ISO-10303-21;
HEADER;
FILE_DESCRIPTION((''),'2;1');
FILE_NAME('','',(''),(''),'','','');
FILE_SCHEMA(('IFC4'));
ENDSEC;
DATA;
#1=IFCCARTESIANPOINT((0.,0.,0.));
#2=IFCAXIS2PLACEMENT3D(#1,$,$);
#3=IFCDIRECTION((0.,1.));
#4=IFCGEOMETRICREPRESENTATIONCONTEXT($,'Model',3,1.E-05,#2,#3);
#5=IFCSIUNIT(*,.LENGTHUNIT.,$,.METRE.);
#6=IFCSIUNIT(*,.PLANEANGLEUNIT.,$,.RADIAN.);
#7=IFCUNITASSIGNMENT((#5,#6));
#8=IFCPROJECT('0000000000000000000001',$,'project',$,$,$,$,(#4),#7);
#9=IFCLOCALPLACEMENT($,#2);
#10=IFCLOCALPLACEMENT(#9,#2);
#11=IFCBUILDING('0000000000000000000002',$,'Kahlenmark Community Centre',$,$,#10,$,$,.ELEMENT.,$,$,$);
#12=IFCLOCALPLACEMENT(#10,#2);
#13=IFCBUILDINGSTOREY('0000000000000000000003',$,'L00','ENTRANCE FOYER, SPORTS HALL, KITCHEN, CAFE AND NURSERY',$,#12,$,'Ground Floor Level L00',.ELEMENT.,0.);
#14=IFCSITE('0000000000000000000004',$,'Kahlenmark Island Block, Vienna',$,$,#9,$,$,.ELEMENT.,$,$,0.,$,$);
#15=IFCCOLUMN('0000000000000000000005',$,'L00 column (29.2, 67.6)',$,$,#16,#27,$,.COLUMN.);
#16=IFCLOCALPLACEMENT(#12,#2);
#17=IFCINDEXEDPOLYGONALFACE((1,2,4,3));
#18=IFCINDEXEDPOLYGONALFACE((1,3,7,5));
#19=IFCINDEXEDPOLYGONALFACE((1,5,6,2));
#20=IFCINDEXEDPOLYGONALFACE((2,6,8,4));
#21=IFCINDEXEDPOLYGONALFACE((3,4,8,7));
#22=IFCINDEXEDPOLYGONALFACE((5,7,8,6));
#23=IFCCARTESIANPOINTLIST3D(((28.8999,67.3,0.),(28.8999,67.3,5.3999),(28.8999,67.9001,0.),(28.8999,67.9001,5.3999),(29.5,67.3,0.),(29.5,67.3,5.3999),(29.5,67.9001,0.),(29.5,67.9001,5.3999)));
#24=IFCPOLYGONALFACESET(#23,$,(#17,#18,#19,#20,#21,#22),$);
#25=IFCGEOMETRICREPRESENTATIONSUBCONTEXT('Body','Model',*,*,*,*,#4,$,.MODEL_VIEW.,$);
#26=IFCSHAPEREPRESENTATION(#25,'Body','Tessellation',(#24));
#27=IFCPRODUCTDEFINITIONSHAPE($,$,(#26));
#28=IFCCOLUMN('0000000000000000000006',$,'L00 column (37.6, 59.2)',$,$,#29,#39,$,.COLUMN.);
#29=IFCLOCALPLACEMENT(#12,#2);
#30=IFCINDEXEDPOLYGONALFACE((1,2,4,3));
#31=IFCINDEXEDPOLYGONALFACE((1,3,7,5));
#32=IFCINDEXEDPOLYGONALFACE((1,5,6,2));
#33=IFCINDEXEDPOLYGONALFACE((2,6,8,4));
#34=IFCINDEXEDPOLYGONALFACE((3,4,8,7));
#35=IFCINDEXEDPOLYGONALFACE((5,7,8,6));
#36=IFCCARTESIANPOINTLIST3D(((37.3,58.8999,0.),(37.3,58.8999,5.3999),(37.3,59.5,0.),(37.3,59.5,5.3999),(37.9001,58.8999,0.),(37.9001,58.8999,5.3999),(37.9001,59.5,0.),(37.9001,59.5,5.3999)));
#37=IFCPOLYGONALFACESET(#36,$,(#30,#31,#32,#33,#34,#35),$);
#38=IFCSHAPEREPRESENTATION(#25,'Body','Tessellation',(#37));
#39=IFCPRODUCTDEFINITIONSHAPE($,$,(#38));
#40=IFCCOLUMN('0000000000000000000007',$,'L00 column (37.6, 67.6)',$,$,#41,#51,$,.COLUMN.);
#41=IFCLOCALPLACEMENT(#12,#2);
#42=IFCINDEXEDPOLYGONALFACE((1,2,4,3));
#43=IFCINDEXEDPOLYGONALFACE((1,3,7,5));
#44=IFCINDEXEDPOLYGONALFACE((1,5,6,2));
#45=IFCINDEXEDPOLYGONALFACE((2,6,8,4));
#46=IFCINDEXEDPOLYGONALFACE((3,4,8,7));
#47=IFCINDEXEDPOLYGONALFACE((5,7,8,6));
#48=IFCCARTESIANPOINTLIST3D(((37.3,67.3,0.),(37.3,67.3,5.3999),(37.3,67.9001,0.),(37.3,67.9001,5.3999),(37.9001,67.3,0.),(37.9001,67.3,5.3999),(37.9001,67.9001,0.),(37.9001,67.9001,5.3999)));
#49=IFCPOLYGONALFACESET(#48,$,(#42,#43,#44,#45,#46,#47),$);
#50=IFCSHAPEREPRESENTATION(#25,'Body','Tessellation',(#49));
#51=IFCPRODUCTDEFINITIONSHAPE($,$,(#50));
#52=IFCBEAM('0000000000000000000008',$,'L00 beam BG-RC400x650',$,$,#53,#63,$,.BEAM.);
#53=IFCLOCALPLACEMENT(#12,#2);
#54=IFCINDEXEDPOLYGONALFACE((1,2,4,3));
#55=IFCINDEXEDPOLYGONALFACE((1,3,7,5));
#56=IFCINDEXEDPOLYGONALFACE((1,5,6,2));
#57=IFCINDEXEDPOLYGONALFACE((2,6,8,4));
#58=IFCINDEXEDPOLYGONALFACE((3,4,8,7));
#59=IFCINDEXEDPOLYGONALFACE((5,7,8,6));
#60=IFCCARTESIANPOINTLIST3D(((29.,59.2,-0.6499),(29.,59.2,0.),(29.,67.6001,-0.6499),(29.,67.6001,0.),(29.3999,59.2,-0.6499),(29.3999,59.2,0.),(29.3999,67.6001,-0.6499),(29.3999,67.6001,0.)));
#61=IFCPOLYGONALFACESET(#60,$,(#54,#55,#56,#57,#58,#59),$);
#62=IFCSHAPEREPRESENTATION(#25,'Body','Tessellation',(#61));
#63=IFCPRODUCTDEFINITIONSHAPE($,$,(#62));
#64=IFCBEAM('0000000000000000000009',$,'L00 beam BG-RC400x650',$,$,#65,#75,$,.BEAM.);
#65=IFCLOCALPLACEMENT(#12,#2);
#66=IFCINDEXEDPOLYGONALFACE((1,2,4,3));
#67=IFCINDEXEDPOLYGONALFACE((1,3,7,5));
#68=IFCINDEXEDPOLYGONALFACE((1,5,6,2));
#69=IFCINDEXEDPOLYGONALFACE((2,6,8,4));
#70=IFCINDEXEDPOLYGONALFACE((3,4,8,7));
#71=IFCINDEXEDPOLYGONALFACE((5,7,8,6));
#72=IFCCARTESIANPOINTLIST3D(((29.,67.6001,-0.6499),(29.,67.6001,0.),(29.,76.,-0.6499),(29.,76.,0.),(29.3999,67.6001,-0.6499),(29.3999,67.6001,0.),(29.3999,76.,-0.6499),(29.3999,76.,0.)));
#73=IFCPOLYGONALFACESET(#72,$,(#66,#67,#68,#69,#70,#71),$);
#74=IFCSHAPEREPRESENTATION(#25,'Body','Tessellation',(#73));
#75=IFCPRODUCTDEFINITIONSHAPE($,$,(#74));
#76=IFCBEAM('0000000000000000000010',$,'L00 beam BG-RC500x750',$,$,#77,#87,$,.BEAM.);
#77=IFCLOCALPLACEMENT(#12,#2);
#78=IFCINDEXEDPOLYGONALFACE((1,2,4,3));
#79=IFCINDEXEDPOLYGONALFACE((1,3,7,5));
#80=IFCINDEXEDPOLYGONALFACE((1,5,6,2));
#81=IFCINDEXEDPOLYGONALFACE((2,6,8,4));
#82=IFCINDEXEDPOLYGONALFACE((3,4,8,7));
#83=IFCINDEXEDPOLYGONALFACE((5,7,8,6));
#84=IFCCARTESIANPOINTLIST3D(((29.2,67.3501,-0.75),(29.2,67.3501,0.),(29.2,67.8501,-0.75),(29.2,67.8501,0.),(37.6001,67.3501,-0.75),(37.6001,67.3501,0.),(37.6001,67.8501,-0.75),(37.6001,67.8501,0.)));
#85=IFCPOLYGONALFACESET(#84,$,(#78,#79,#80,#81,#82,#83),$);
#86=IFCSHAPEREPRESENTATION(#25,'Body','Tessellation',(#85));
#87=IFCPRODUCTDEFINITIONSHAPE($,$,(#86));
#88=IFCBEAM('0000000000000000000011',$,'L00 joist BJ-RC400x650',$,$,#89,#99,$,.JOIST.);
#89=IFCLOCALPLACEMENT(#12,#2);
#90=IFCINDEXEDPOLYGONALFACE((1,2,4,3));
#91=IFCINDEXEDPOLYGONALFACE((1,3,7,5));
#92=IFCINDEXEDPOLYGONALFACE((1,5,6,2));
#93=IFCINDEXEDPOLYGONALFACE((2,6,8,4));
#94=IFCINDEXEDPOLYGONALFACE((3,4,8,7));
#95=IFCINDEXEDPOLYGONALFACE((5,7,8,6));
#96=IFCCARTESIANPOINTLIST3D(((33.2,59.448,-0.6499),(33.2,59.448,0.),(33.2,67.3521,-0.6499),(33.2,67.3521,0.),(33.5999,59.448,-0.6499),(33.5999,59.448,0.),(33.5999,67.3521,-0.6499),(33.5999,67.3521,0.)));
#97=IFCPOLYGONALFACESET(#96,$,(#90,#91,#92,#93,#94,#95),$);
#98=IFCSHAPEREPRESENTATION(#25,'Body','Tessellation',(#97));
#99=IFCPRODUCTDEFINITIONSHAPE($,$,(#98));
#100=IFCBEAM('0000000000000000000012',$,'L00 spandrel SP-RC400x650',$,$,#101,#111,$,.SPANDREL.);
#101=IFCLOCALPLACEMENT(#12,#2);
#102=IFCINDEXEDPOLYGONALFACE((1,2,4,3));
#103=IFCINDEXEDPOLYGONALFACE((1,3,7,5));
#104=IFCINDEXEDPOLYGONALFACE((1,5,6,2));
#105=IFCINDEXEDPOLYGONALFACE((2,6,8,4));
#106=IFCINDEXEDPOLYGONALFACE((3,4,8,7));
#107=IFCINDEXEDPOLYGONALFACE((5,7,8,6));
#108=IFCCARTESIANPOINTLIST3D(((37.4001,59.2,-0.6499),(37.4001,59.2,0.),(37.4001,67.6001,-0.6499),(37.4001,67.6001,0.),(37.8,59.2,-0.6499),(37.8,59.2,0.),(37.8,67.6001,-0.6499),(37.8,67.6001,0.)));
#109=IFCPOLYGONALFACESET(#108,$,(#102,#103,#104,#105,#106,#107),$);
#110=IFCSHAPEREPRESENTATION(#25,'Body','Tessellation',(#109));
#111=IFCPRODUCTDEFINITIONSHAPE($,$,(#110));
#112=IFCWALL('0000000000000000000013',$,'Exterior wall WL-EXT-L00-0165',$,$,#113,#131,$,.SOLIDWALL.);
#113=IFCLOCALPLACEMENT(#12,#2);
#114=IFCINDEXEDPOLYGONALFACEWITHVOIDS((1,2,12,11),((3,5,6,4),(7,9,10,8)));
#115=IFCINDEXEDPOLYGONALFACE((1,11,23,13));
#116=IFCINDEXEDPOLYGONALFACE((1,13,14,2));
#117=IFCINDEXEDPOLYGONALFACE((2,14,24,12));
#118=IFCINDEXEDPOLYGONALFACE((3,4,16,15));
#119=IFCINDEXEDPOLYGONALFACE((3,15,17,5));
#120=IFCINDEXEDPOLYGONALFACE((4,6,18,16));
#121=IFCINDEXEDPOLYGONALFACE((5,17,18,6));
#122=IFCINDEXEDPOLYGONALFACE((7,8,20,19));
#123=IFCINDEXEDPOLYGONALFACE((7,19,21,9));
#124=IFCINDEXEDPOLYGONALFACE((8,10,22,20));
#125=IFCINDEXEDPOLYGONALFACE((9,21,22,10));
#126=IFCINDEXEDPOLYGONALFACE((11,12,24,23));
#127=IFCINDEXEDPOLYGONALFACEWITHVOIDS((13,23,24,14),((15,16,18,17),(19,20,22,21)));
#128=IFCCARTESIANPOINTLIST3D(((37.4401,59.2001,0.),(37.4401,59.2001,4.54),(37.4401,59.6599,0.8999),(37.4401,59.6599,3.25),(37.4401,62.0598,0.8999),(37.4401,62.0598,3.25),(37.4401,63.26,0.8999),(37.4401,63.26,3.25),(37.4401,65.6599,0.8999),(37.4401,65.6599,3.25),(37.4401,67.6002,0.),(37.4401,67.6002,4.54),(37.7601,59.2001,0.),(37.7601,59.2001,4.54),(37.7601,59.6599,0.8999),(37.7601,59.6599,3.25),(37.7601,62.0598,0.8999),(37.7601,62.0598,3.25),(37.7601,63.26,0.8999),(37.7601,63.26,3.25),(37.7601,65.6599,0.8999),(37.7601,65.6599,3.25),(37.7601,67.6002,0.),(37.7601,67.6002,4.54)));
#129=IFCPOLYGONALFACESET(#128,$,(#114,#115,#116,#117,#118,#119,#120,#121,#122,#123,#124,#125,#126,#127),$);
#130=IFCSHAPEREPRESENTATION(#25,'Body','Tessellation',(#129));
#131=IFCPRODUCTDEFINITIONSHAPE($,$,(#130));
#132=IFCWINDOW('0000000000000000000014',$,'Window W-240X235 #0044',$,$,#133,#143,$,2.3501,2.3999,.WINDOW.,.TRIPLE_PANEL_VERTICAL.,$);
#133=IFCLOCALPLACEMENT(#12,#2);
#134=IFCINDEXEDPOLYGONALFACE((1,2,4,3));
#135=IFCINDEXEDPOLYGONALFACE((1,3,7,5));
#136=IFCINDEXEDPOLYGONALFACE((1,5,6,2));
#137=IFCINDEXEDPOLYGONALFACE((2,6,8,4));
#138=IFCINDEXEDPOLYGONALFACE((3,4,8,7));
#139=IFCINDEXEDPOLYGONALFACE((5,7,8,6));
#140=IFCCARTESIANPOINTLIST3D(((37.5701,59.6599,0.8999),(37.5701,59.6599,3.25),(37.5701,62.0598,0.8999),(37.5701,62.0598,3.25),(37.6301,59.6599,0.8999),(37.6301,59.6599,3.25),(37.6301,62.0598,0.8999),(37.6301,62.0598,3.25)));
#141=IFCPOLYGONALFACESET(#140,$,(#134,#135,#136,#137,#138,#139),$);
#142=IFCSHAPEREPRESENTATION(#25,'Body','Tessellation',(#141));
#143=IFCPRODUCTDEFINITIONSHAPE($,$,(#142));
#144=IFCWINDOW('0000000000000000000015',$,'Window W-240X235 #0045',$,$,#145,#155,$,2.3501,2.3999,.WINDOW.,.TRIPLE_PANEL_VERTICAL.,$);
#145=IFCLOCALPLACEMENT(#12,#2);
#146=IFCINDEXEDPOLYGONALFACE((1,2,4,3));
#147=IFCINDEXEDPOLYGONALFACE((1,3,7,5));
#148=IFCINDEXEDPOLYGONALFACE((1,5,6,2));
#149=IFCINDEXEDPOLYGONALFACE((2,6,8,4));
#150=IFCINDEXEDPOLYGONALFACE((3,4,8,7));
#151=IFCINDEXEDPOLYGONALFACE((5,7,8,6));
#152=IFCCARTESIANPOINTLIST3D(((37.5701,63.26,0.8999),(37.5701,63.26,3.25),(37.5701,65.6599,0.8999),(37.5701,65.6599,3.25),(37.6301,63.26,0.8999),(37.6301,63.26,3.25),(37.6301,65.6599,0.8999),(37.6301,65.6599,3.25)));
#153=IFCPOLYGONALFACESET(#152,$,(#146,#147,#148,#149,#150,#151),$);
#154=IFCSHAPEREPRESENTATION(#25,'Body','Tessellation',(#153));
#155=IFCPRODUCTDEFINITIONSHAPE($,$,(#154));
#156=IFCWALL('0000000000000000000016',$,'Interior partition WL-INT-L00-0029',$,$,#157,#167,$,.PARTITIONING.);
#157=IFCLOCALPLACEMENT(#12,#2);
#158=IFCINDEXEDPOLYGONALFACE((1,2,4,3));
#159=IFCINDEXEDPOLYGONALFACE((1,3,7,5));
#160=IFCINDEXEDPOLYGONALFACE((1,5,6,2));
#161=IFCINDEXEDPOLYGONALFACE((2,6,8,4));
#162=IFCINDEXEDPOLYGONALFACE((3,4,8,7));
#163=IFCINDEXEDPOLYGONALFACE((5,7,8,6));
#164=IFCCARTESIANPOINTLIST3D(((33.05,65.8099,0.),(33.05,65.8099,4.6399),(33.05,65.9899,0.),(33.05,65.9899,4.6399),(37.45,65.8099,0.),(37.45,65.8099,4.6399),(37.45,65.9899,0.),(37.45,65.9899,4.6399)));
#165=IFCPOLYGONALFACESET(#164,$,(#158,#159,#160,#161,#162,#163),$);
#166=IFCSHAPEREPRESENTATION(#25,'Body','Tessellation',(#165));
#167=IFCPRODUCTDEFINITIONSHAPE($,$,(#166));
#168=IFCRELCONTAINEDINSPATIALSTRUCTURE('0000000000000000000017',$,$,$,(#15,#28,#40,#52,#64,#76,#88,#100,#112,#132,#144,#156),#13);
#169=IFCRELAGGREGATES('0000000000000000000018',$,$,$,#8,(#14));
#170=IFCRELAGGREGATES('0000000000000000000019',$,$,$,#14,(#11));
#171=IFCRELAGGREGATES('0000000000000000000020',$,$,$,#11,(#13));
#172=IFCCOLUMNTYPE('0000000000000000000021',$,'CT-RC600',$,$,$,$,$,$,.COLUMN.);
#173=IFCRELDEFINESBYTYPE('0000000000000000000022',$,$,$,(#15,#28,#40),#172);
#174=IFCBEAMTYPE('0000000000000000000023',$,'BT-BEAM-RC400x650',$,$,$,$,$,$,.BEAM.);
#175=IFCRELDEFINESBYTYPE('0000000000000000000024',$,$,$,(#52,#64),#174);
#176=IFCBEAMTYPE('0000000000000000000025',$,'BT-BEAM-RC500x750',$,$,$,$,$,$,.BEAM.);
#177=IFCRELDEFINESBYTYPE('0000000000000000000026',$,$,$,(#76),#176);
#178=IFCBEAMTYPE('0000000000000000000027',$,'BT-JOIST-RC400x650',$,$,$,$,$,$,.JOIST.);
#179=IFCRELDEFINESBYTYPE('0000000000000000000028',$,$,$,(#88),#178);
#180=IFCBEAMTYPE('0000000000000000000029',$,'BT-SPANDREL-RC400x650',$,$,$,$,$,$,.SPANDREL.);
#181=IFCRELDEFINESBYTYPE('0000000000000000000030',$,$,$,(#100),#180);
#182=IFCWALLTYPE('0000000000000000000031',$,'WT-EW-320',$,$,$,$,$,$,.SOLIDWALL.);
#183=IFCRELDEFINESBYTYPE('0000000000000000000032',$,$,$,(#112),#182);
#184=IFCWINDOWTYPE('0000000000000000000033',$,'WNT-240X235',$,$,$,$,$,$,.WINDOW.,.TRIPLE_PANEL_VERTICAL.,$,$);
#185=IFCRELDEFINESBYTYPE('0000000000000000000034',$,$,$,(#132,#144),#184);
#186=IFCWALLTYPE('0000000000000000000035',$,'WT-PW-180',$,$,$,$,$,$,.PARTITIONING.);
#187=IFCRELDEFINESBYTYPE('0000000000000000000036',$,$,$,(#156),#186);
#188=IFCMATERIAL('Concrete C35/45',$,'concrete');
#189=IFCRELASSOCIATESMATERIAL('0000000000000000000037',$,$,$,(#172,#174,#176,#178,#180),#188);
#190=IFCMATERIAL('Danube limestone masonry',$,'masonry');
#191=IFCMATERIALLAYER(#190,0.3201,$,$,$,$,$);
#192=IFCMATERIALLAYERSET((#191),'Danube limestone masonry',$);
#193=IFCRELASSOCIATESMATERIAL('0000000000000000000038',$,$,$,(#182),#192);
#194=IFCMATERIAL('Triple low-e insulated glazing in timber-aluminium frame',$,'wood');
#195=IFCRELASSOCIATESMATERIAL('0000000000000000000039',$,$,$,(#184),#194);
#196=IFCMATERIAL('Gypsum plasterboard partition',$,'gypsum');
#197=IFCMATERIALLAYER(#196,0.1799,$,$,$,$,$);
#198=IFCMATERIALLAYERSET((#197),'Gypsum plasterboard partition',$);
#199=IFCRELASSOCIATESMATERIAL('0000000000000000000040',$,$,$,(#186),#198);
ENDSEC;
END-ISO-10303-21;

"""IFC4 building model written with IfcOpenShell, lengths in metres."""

from ifc_helpers import new_model, si_unit, direction, frame, frame_2d, origin, origin_2d, place, context, subcontext, project, spatial, rectangle, extrude, material, layer, layer_set, material_profile, profile_set, type_object, element, fill, save


model = new_model("IFC4")

# Units and contexts
model_context = context("Model", 3, precision=1e-05, world=origin(), true_north=direction((0.0, 1.0)))
body_context = subcontext(model_context, "Body", "Model", "MODEL_VIEW")
ifc_project = project(units=[si_unit("LENGTHUNIT", "METRE"), si_unit("PLANEANGLEUNIT", "RADIAN")], contexts=[model_context])

# Site, building, storey
site_placement = place(None, origin())
site = spatial("IfcSite", under=ifc_project, at=site_placement, Name="Kahlenmark Island Block, Vienna", CompositionType="ELEMENT", RefElevation=0.0)
building_placement = place(site_placement, origin())
building = spatial("IfcBuilding", under=site, at=building_placement, Name="Kahlenmark Community Centre", CompositionType="ELEMENT")
storey_placement = place(building_placement, origin())
storey = spatial("IfcBuildingStorey", under=building, at=storey_placement, Name="L00", Description="ENTRANCE FOYER, SPORTS HALL, KITCHEN, CAFE AND NURSERY", LongName="Ground Floor Level L00", CompositionType="ELEMENT", Elevation=0.0)

# Columns
ifc_material_1 = material(Name="Concrete C35/45", Category="concrete")
ifc_material_profile_1 = material_profile(ifc_material_1, rectangle(XDim=0.6001, YDim=0.6001, at=origin_2d()), Name="RC 600x600")
ifc_profile_set_1 = profile_set([ifc_material_profile_1], Name="Concrete C35/45")
column_type = type_object("IfcColumnType", Name="CT-RC600", PredefinedType="COLUMN", material=ifc_profile_set_1)
for number, where, z_axis, x_axis, name in (
    (1, (29.2, 67.6001, 0.0), (0.0, 0.0, 1.0), (1.0, 0.0, 0.0), "L00 column (29.2, 67.6)"),
    (2, (37.6001, 59.2, 0.0), (0.0, 0.0, 1.0), (1.0, 0.0, 0.0), "L00 column (37.6, 59.2)"),
    (3, (37.6001, 67.6001, 0.0), (0.0, 0.0, 1.0), (1.0, 0.0, 0.0), "L00 column (37.6, 67.6)"),
):
    element("IfcColumn", number, at=place(storey_placement, frame(where, z_axis=z_axis, x_axis=x_axis)), inside=storey, type_object=column_type, Name=name, PredefinedType="COLUMN", context=body_context, shape_type="SweptSolid", body=[
        extrude(rectangle(XDim=0.6001, YDim=0.6001, at=origin_2d()), origin(), (0.0, 0.0, 1.0), 5.3999),
    ])

# Beams
ifc_material_profile_2 = material_profile(ifc_material_1, rectangle(XDim=0.3999, YDim=0.6499, at=origin_2d()), Name="RC 400x650")
ifc_profile_set_2 = profile_set([ifc_material_profile_2], Name="Concrete C35/45")
beam_type_1 = type_object("IfcBeamType", Name="BT-BEAM-RC400x650", PredefinedType="BEAM", material=ifc_profile_set_2)
beam_1_placement = place(storey_placement, frame((29.2, 59.2, -0.325), z_axis=(0.0, 1.0, 0.0), x_axis=(-1.0, 0.0, 0.0)))
element("IfcBeam", 4, at=beam_1_placement, inside=storey, type_object=beam_type_1, Name="L00 beam BG-RC400x650", PredefinedType="BEAM", context=body_context, shape_type="SweptSolid", body=[
    extrude(rectangle(XDim=0.3999, YDim=0.6499, at=origin_2d()), origin(), (0.0, 0.0, 1.0), 8.4001),
])
beam_2_placement = place(storey_placement, frame((29.2, 67.6001, -0.325), z_axis=(0.0, 1.0, 0.0), x_axis=(-1.0, 0.0, 0.0)))
element("IfcBeam", 5, at=beam_2_placement, inside=storey, type_object=beam_type_1, Name="L00 beam BG-RC400x650", PredefinedType="BEAM", context=body_context, shape_type="SweptSolid", body=[
    extrude(rectangle(XDim=0.3999, YDim=0.6499, at=origin_2d()), origin(), (0.0, 0.0, 1.0), 8.3999),
])
ifc_material_profile_3 = material_profile(ifc_material_1, rectangle(XDim=0.5, YDim=0.75, at=origin_2d()), Name="RC 500x750")
ifc_profile_set_3 = profile_set([ifc_material_profile_3], Name="Concrete C35/45")
beam_type_2 = type_object("IfcBeamType", Name="BT-BEAM-RC500x750", PredefinedType="BEAM", material=ifc_profile_set_3)
beam_3_placement = place(storey_placement, frame((29.2, 67.6001, -0.375), z_axis=(1.0, 0.0, 0.0), x_axis=(0.0, 1.0, 0.0)))
element("IfcBeam", 6, at=beam_3_placement, inside=storey, type_object=beam_type_2, Name="L00 beam BG-RC500x750", PredefinedType="BEAM", context=body_context, shape_type="SweptSolid", body=[
    extrude(rectangle(XDim=0.5, YDim=0.75, at=origin_2d()), origin(), (0.0, 0.0, 1.0), 8.4001),
])
ifc_material_profile_4 = material_profile(ifc_material_1, rectangle(XDim=0.3999, YDim=0.6499, at=origin_2d()), Name="RC 400x650")
ifc_profile_set_4 = profile_set([ifc_material_profile_4], Name="Concrete C35/45")
beam_type_3 = type_object("IfcBeamType", Name="BT-JOIST-RC400x650", PredefinedType="JOIST", material=ifc_profile_set_4)
beam_4_placement = place(storey_placement, frame((33.3999, 59.448, -0.325), z_axis=(0.0, 1.0, 0.0), x_axis=(-1.0, 0.0, 0.0)))
element("IfcBeam", 7, at=beam_4_placement, inside=storey, type_object=beam_type_3, Name="L00 joist BJ-RC400x650", PredefinedType="JOIST", context=body_context, shape_type="SweptSolid", body=[
    extrude(rectangle(XDim=0.3999, YDim=0.6499, at=origin_2d()), origin(), (0.0, 0.0, 1.0), 7.9041),
])
ifc_material_profile_5 = material_profile(ifc_material_1, rectangle(XDim=0.3999, YDim=0.6499, at=origin_2d()), Name="RC 400x650")
ifc_profile_set_5 = profile_set([ifc_material_profile_5], Name="Concrete C35/45")
beam_type_4 = type_object("IfcBeamType", Name="BT-SPANDREL-RC400x650", PredefinedType="SPANDREL", material=ifc_profile_set_5)
beam_5_placement = place(storey_placement, frame((37.6001, 59.2, -0.325), z_axis=(0.0, 1.0, 0.0), x_axis=(-1.0, 0.0, 0.0)))
element("IfcBeam", 8, at=beam_5_placement, inside=storey, type_object=beam_type_4, Name="L00 spandrel SP-RC400x650", PredefinedType="SPANDREL", context=body_context, shape_type="SweptSolid", body=[
    extrude(rectangle(XDim=0.3999, YDim=0.6499, at=origin_2d()), origin(), (0.0, 0.0, 1.0), 8.4001),
])

# Wall, openings, windows
ifc_material_2 = material(Name="Danube limestone masonry", Category="masonry")
ifc_layer_1 = layer(ifc_material_2, 0.3201)
ifc_layer_set_1 = layer_set([ifc_layer_1], Name="Danube limestone masonry")
wall_type_1 = type_object("IfcWallType", Name="WT-EW-320", PredefinedType="SOLIDWALL", material=ifc_layer_set_1)
wall_1_placement = place(storey_placement, frame((37.6001, 59.2, 0.0), z_axis=(0.0, 0.0, 1.0), x_axis=(0.0, 1.0, 0.0)))
wall_1 = element("IfcWall", 9, at=wall_1_placement, inside=storey, type_object=wall_type_1, Name="Exterior wall WL-EXT-L00-0165", PredefinedType="SOLIDWALL", context=body_context, shape_type="SweptSolid", body=[
    extrude(rectangle(XDim=8.4001, YDim=0.3201, at=frame_2d((4.2002, 0.0))), origin(), (0.0, 0.0, 1.0), 4.54),
])
opening_1_placement = place(wall_1_placement, frame((0.46, 0.0, 0.8999)))
opening_1 = element("IfcOpeningElement", 10, at=opening_1_placement, cuts=wall_1, PredefinedType="OPENING", context=body_context, shape_type="SweptSolid", body=[
    extrude(rectangle(XDim=2.3999, YDim=2.3501, at=frame_2d((1.2, 1.175))), frame((0.0, 0.1699, 0.0), z_axis=(0.0, -1.0, 0.0), x_axis=(1.0, 0.0, 0.0)), (0.0, 0.0, 1.0), 0.3401),
])
opening_2_placement = place(wall_1_placement, frame((4.0601, 0.0, 0.8999)))
opening_2 = element("IfcOpeningElement", 11, at=opening_2_placement, cuts=wall_1, PredefinedType="OPENING", context=body_context, shape_type="SweptSolid", body=[
    extrude(rectangle(XDim=2.3999, YDim=2.3501, at=frame_2d((1.2, 1.175))), frame((0.0, 0.1699, 0.0), z_axis=(0.0, -1.0, 0.0), x_axis=(1.0, 0.0, 0.0)), (0.0, 0.0, 1.0), 0.3401),
])
ifc_material_3 = material(Name="Triple low-e insulated glazing in timber-aluminium frame", Category="wood")
window_type = type_object("IfcWindowType", Name="WNT-240X235", PartitioningType="TRIPLE_PANEL_VERTICAL", PredefinedType="WINDOW", material=ifc_material_3)
window_1_placement = place(opening_1_placement, origin())
window_1 = element("IfcWindow", 12, at=window_1_placement, inside=storey, type_object=window_type, Name="Window W-240X235 #0044", OverallHeight=2.3501, OverallWidth=2.3999, PartitioningType="TRIPLE_PANEL_VERTICAL", PredefinedType="WINDOW", context=body_context, shape_type="SweptSolid", body=[
    extrude(rectangle(XDim=2.3999, YDim=2.3501, at=frame_2d((1.2, 1.175))), frame((0.0, 0.03, 0.0), z_axis=(0.0, -1.0, 0.0), x_axis=(1.0, 0.0, 0.0)), (0.0, 0.0, 1.0), 0.0601),
])
fill(opening_1, window_1)
window_2_placement = place(opening_2_placement, origin())
window_2 = element("IfcWindow", 13, at=window_2_placement, inside=storey, type_object=window_type, Name="Window W-240X235 #0045", OverallHeight=2.3501, OverallWidth=2.3999, PartitioningType="TRIPLE_PANEL_VERTICAL", PredefinedType="WINDOW", context=body_context, shape_type="SweptSolid", body=[
    extrude(rectangle(XDim=2.3999, YDim=2.3501, at=frame_2d((1.2, 1.175))), frame((0.0, 0.03, 0.0), z_axis=(0.0, -1.0, 0.0), x_axis=(1.0, 0.0, 0.0)), (0.0, 0.0, 1.0), 0.0601),
])
fill(opening_2, window_2)

# Shared definitions
ifc_material_4 = material(Name="Gypsum plasterboard partition", Category="gypsum")
ifc_layer_2 = layer(ifc_material_4, 0.1799)
ifc_layer_set_2 = layer_set([ifc_layer_2], Name="Gypsum plasterboard partition")
wall_type_2 = type_object("IfcWallType", Name="WT-PW-180", PredefinedType="PARTITIONING", material=ifc_layer_set_2)

# Wall
wall_2_placement = place(storey_placement, frame((33.05, 65.8999, 0.0), z_axis=(0.0, 0.0, 1.0), x_axis=(1.0, 0.0, 0.0)))
element("IfcWall", 14, at=wall_2_placement, inside=storey, type_object=wall_type_2, Name="Interior partition WL-INT-L00-0029", PredefinedType="PARTITIONING", context=body_context, shape_type="SweptSolid", body=[
    extrude(rectangle(XDim=4.3999, YDim=0.1799, at=frame_2d((2.2, 0.0))), origin(), (0.0, 0.0, 1.0), 4.6399),
])

save(model, "model.ifc")
